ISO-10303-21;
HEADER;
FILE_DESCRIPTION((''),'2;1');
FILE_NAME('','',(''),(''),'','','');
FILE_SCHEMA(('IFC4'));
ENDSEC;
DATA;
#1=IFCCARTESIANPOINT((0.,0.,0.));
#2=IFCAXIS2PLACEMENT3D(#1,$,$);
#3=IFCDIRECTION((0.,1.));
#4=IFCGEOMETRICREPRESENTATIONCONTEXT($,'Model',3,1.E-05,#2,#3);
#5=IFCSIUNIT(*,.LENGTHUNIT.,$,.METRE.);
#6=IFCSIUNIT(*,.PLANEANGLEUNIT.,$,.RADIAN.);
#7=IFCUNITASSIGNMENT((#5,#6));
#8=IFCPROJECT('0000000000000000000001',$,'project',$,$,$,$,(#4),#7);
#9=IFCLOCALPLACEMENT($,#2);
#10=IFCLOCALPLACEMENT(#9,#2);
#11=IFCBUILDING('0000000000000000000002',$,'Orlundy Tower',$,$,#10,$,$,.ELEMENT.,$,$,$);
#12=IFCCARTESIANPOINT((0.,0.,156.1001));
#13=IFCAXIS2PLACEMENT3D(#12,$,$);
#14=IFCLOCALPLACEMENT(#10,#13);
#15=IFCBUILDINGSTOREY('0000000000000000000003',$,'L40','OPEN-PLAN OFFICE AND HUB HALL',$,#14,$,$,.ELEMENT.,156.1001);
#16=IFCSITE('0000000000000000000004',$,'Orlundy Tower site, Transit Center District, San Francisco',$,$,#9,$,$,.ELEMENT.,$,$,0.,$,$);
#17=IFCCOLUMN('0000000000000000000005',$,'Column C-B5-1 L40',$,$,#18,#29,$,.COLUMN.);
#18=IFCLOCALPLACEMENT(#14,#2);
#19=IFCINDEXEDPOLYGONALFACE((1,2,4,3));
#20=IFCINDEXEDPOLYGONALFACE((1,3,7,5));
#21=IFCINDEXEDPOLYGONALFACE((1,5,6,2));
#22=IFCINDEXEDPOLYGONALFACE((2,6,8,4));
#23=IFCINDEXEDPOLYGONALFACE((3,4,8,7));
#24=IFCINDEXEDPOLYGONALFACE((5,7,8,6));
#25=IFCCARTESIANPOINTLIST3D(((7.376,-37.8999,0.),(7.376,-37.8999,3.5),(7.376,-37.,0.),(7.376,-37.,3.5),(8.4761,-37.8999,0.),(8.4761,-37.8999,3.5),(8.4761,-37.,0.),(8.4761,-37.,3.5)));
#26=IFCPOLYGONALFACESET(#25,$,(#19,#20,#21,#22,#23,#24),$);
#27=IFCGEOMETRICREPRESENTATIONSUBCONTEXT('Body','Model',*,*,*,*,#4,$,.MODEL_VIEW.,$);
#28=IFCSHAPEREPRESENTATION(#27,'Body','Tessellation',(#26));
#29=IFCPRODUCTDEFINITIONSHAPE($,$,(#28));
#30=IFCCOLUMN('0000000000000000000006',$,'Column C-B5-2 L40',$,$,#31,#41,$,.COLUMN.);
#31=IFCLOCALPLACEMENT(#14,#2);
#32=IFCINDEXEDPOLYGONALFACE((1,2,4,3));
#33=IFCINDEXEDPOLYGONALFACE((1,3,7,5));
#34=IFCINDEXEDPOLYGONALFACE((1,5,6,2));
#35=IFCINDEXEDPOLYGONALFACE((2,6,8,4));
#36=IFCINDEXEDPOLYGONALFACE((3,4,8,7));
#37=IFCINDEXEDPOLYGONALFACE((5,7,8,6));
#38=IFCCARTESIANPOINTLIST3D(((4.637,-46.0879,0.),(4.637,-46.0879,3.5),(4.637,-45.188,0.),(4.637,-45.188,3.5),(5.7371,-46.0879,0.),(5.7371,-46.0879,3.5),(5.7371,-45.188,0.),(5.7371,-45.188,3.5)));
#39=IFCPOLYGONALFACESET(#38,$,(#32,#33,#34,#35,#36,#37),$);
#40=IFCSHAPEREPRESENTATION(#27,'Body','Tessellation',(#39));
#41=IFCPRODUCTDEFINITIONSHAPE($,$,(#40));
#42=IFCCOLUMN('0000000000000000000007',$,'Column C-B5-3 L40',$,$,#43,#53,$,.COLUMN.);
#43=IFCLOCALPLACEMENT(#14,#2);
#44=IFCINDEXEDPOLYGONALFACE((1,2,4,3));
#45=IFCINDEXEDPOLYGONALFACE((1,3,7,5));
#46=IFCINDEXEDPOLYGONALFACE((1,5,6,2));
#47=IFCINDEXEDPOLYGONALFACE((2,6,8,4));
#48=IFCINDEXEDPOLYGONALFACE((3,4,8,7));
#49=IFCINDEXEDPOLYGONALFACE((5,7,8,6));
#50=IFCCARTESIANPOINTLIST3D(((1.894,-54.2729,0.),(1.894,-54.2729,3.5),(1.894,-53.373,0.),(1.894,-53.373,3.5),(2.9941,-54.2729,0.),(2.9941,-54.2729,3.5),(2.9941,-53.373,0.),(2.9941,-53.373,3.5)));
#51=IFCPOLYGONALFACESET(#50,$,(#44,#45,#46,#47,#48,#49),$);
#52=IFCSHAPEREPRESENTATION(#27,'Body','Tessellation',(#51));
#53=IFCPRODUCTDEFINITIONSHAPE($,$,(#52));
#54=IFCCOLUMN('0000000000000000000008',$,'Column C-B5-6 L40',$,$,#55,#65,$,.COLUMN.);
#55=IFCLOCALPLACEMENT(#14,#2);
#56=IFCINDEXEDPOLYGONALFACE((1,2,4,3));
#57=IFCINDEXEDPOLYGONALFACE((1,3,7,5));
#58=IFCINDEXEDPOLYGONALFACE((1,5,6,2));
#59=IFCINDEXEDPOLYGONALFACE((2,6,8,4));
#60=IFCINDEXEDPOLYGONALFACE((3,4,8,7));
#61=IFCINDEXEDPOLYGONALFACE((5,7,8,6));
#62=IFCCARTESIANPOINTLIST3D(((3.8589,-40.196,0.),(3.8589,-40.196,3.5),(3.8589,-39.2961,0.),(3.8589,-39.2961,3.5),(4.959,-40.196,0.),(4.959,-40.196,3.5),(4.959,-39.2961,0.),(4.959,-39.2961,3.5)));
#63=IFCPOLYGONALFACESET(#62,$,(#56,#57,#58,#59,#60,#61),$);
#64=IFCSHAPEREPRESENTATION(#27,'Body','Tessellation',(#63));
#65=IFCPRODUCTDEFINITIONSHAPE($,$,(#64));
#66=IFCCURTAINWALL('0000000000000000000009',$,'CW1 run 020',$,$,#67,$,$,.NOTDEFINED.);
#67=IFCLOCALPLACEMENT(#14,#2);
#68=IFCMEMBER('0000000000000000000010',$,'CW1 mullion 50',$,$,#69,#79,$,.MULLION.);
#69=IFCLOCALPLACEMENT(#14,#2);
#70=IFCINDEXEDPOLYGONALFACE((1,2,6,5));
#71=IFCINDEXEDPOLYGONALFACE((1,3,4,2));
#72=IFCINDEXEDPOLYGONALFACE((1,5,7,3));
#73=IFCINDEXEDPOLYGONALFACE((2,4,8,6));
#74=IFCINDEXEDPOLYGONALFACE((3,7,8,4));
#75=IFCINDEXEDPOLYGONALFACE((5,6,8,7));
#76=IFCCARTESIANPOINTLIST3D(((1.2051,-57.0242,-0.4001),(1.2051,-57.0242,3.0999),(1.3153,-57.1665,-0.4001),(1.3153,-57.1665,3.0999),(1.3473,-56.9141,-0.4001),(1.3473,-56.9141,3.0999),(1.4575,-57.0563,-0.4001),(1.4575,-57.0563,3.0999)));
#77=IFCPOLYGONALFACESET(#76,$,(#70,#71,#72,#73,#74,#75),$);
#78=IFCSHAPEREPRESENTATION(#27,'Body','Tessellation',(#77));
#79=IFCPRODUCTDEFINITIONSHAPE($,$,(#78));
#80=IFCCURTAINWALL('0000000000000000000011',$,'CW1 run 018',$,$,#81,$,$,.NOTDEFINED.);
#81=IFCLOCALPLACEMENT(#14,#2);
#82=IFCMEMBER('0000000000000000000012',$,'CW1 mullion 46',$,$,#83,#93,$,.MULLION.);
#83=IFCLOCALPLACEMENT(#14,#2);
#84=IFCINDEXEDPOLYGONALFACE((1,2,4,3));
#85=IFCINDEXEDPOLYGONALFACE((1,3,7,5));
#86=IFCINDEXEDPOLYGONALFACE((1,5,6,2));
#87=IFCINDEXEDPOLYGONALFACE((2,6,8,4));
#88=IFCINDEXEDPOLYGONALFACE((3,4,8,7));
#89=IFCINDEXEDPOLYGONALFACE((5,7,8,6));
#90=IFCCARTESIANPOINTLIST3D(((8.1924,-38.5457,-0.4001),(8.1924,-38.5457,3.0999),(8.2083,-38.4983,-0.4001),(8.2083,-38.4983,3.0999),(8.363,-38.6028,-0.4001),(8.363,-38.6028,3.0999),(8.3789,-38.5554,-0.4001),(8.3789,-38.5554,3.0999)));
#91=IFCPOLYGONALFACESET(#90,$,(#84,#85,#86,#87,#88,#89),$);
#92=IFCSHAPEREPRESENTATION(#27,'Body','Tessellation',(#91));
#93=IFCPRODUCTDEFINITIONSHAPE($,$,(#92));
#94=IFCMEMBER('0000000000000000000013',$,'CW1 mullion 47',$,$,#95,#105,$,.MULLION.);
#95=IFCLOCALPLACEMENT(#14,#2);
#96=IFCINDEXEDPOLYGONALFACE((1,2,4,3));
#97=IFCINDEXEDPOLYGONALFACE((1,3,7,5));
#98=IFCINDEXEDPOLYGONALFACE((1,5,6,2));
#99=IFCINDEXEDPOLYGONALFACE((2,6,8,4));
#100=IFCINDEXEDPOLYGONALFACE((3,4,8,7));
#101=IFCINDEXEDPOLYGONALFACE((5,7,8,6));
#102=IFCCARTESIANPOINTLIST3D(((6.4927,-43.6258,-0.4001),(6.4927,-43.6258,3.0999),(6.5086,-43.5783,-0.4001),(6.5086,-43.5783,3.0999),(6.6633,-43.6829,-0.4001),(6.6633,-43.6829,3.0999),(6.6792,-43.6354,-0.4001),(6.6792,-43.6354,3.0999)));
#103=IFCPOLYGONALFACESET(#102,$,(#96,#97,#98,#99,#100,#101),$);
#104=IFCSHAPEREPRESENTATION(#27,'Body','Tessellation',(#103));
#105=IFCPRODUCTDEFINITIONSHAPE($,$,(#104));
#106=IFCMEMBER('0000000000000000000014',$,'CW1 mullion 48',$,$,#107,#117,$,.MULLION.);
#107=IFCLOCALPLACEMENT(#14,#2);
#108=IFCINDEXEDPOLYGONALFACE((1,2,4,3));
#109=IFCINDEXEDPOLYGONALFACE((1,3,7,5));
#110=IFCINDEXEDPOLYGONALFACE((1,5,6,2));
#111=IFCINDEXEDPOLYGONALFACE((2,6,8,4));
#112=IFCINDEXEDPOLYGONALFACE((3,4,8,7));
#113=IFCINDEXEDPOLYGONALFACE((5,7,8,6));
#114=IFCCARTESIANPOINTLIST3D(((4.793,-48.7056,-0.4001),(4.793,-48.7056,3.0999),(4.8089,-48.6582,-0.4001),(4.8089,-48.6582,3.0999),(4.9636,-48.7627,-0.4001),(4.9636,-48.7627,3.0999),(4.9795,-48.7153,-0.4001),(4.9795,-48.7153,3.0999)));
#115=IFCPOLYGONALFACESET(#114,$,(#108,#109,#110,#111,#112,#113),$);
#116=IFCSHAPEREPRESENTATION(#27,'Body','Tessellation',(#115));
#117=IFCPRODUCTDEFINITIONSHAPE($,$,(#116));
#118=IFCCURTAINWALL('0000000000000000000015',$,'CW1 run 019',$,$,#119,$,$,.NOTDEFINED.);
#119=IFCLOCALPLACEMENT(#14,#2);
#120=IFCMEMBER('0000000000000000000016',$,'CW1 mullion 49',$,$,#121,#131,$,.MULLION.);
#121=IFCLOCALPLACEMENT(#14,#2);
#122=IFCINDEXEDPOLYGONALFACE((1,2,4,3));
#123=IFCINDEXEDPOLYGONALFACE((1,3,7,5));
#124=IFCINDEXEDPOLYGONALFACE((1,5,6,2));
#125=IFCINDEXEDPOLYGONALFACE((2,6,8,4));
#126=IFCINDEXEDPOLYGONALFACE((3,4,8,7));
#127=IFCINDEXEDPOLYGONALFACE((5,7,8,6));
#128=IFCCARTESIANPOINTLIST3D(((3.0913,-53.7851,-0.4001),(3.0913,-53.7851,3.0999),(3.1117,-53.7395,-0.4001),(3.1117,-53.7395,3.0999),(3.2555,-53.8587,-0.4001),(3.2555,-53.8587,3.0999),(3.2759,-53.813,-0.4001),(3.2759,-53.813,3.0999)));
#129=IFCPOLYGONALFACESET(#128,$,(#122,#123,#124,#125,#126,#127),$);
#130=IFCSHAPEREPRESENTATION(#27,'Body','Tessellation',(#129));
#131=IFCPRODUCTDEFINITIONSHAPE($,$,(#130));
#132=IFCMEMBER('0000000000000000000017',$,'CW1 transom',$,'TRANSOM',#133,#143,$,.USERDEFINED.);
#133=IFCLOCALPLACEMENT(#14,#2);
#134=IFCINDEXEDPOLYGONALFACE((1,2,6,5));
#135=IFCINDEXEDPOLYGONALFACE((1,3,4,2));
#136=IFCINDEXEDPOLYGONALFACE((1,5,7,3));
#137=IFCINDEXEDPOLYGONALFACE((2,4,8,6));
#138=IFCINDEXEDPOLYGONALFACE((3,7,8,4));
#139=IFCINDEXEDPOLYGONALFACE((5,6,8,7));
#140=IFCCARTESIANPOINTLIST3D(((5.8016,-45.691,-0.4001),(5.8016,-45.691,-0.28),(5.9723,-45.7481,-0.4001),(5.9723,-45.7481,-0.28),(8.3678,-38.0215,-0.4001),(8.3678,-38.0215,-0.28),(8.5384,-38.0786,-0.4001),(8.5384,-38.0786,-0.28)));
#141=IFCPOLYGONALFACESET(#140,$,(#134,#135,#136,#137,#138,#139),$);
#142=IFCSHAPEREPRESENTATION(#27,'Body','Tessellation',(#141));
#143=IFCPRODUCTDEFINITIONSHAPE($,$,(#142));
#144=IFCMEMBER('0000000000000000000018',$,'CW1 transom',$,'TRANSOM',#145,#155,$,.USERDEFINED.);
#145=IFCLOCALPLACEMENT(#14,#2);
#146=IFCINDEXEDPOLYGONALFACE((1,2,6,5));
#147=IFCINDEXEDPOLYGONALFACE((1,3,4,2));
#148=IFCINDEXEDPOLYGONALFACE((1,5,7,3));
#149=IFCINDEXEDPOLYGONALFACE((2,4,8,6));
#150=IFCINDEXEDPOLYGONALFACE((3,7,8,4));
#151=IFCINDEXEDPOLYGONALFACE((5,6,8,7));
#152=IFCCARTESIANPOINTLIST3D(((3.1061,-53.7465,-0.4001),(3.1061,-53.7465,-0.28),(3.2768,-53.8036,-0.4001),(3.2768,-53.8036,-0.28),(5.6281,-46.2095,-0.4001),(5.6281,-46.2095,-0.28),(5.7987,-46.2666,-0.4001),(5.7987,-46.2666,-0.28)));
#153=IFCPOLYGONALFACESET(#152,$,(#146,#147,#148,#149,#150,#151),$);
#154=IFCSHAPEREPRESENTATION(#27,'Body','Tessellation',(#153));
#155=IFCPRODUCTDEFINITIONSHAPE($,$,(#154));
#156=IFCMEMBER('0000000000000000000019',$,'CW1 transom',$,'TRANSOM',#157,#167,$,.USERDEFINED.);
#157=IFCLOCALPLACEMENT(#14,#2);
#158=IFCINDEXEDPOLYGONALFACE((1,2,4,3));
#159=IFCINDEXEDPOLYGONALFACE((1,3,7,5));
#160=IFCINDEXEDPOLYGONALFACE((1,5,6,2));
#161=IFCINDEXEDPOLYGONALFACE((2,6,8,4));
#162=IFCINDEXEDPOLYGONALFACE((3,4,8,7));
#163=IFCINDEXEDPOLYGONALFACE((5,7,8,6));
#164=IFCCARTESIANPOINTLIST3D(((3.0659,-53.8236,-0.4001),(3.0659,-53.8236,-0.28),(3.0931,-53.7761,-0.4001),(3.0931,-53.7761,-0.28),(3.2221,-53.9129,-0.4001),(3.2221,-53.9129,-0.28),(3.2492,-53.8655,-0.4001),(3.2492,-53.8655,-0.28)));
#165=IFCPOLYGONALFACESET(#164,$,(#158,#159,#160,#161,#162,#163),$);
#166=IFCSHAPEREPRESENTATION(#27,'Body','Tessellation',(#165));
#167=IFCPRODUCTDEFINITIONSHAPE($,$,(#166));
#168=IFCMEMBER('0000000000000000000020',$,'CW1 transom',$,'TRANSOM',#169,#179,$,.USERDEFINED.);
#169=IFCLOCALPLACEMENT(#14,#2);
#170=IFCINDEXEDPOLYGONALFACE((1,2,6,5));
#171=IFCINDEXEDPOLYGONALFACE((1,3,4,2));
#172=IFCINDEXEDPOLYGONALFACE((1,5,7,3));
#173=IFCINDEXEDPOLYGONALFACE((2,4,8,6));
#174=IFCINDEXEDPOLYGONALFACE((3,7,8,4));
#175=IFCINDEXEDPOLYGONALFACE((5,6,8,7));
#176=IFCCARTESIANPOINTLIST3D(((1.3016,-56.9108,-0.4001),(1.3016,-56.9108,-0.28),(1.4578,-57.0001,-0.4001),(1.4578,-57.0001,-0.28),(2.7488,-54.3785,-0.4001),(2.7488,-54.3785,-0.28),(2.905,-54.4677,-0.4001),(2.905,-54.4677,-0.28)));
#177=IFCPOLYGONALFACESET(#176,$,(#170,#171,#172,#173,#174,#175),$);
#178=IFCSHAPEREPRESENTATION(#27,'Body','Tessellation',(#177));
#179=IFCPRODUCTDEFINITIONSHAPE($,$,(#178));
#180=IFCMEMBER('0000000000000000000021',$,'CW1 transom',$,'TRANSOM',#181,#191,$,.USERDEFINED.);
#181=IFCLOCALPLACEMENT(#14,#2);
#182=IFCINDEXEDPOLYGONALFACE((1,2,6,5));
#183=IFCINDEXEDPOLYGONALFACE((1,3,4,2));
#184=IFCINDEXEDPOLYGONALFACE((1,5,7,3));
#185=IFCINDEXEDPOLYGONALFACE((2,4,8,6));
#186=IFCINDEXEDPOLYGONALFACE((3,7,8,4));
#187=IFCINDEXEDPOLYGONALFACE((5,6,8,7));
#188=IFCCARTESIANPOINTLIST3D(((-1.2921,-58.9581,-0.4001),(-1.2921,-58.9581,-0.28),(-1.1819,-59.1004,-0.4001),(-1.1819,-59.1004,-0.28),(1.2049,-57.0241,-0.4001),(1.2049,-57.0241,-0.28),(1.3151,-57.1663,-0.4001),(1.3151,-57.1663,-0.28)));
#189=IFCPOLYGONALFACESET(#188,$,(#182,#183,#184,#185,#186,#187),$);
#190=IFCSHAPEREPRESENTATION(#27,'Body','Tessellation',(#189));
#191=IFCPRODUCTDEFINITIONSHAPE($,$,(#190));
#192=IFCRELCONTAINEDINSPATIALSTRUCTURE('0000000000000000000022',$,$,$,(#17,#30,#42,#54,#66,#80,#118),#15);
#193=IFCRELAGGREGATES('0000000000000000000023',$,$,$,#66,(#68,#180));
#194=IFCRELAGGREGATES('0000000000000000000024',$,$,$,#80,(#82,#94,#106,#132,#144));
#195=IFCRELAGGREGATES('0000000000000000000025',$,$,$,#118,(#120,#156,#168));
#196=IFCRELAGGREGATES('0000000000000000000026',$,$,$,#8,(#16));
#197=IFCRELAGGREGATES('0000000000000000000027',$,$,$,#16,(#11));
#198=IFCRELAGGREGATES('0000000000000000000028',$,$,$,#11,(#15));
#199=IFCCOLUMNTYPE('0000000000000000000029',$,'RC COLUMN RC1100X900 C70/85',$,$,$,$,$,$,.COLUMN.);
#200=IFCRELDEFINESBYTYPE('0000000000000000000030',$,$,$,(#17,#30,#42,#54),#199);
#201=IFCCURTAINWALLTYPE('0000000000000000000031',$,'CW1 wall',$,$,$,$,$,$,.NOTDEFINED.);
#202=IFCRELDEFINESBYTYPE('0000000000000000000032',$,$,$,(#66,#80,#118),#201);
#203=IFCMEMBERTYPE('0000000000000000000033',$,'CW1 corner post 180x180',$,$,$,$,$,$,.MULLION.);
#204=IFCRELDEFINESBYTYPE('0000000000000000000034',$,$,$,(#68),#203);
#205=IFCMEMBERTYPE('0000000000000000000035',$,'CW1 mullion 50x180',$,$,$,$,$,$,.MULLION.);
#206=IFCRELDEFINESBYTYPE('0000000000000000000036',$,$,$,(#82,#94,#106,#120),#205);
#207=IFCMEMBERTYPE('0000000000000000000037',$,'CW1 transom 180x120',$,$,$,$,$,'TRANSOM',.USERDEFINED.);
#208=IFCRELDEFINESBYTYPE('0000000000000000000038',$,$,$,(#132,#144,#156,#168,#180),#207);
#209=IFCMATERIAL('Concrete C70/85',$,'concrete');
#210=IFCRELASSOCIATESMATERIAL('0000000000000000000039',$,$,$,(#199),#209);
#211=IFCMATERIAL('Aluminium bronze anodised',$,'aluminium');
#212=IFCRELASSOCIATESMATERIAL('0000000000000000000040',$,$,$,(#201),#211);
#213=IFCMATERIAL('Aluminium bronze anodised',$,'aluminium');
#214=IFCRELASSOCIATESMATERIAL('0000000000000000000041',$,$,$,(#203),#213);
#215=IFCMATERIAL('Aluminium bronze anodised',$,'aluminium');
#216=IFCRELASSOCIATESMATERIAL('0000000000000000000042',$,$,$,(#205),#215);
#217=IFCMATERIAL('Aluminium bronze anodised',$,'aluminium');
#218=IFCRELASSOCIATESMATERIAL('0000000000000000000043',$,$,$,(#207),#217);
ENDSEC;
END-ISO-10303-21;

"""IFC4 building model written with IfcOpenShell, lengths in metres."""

from ifc_helpers import new_model, si_unit, direction, frame, origin, origin_2d, place, context, subcontext, project, spatial, rectangle, extrude, material, material_profile, profile_set, type_object, element, aggregate, save


model = new_model("IFC4")

# Units and contexts
model_context = context("Model", 3, precision=1e-05, world=origin(), true_north=direction((0.0, 1.0)))
body_context = subcontext(model_context, "Body", "Model", "MODEL_VIEW")
ifc_project = project(units=[si_unit("LENGTHUNIT", "METRE"), si_unit("PLANEANGLEUNIT", "RADIAN")], contexts=[model_context])

# Site, building, storey
site_placement = place(None, origin())
site = spatial("IfcSite", under=ifc_project, at=site_placement, Name="Orlundy Tower site, Transit Center District, San Francisco", CompositionType="ELEMENT", RefElevation=0.0)
building_placement = place(site_placement, origin())
building = spatial("IfcBuilding", under=site, at=building_placement, Name="Orlundy Tower", CompositionType="ELEMENT")
storey_placement = place(building_placement, frame((0.0, 0.0, 156.1001)))
storey = spatial("IfcBuildingStorey", under=building, at=storey_placement, Name="L40", Description="OPEN-PLAN OFFICE AND HUB HALL", CompositionType="ELEMENT", Elevation=156.1001)

# Columns
ifc_material_1 = material(Name="Concrete C70/85", Category="concrete")
ifc_material_profile_1 = material_profile(ifc_material_1, rectangle(XDim=1.1001, YDim=0.8999, at=origin_2d()), Name="RC1100X900")
ifc_profile_set_1 = profile_set([ifc_material_profile_1], Name="Concrete C70/85")
column_type = type_object("IfcColumnType", Name="RC COLUMN RC1100X900 C70/85", PredefinedType="COLUMN", material=ifc_profile_set_1)
for number, where, z_axis, x_axis, name in (
    (1, (7.926, -37.45, 0.0), (0.0, 0.0, 1.0), (1.0, 0.0, 0.0), "Column C-B5-1 L40"),
    (2, (5.187, -45.6379, 0.0), (0.0, 0.0, 1.0), (1.0, 0.0, 0.0), "Column C-B5-2 L40"),
    (3, (2.4441, -53.823, 0.0), (0.0, 0.0, 1.0), (1.0, 0.0, 0.0), "Column C-B5-3 L40"),
    (4, (4.4089, -39.7461, 0.0), (0.0, 0.0, 1.0), (1.0, 0.0, 0.0), "Column C-B5-6 L40"),
):
    element("IfcColumn", number, at=place(storey_placement, frame(where, z_axis=z_axis, x_axis=x_axis)), inside=storey, type_object=column_type, Name=name, PredefinedType="COLUMN", context=body_context, shape_type="SweptSolid", body=[
        extrude(rectangle(XDim=1.1001, YDim=0.8999, at=origin_2d()), origin(), (0.0, 0.0, 1.0), 3.5),
    ])

# Curtain wall, member
ifc_material_2 = material(Name="Aluminium bronze anodised", Category="aluminium")
curtain_wall_type = type_object("IfcCurtainWallType", Name="CW1 wall", PredefinedType="NOTDEFINED", material=ifc_material_2)
curtain_wall_1_placement = place(storey_placement, origin())
curtain_wall_1 = element("IfcCurtainWall", 5, at=curtain_wall_1_placement, inside=storey, type_object=curtain_wall_type, Name="CW1 run 020", PredefinedType="NOTDEFINED")
ifc_material_3 = material(Name="Aluminium bronze anodised", Category="aluminium")
ifc_material_profile_2 = material_profile(ifc_material_3, rectangle(XDim=0.1799, YDim=0.1799, at=origin_2d()), Name="CW1 corner post 180x180")
ifc_profile_set_2 = profile_set([ifc_material_profile_2], Name="Aluminium bronze anodised")
member_type_1 = type_object("IfcMemberType", Name="CW1 corner post 180x180", PredefinedType="MULLION", material=ifc_profile_set_2)
member_1_placement = place(storey_placement, frame((1.3313, -57.0403, -0.4001), z_axis=(0.0, 0.0, 1.0), x_axis=(0.612315, -0.790614, 0.0)))
member_1 = element("IfcMember", 6, at=member_1_placement, type_object=member_type_1, Name="CW1 mullion 50", PredefinedType="MULLION", context=body_context, shape_type="SweptSolid", body=[
    extrude(rectangle(XDim=0.1799, YDim=0.1799, at=origin_2d()), origin(), (0.0, 0.0, 1.0), 3.5),
])

# Curtain wall, members
curtain_wall_2_placement = place(storey_placement, origin())
curtain_wall_2 = element("IfcCurtainWall", 7, at=curtain_wall_2_placement, inside=storey, type_object=curtain_wall_type, Name="CW1 run 018", PredefinedType="NOTDEFINED")
ifc_material_4 = material(Name="Aluminium bronze anodised", Category="aluminium")
ifc_material_profile_3 = material_profile(ifc_material_4, rectangle(XDim=0.1799, YDim=0.05, at=origin_2d()), Name="CW1 mullion 50x180")
ifc_profile_set_3 = profile_set([ifc_material_profile_3], Name="Aluminium bronze anodised")
member_type_2 = type_object("IfcMemberType", Name="CW1 mullion 50x180", PredefinedType="MULLION", material=ifc_profile_set_3)
member_2_placement = place(storey_placement, frame((8.2856, -38.5505, -0.4001), z_axis=(0.0, 0.0, 1.0), x_axis=(0.948321, -0.317314, 0.0)))
member_2 = element("IfcMember", 8, at=member_2_placement, type_object=member_type_2, Name="CW1 mullion 46", PredefinedType="MULLION", context=body_context, shape_type="SweptSolid", body=[
    extrude(rectangle(XDim=0.1799, YDim=0.05, at=origin_2d()), origin(), (0.0, 0.0, 1.0), 3.5),
])
member_3_placement = place(storey_placement, frame((6.5859, -43.6306, -0.4001), z_axis=(0.0, 0.0, 1.0), x_axis=(0.948321, -0.317314, 0.0)))
member_3 = element("IfcMember", 9, at=member_3_placement, type_object=member_type_2, Name="CW1 mullion 47", PredefinedType="MULLION", context=body_context, shape_type="SweptSolid", body=[
    extrude(rectangle(XDim=0.1799, YDim=0.05, at=origin_2d()), origin(), (0.0, 0.0, 1.0), 3.5),
])
member_4_placement = place(storey_placement, frame((4.8862, -48.7104, -0.4001), z_axis=(0.0, 0.0, 1.0), x_axis=(0.948321, -0.317314, 0.0)))
member_4 = element("IfcMember", 10, at=member_4_placement, type_object=member_type_2, Name="CW1 mullion 48", PredefinedType="MULLION", context=body_context, shape_type="SweptSolid", body=[
    extrude(rectangle(XDim=0.1799, YDim=0.05, at=origin_2d()), origin(), (0.0, 0.0, 1.0), 3.5),
])

# Curtain wall, member
curtain_wall_3_placement = place(storey_placement, origin())
curtain_wall_3 = element("IfcCurtainWall", 11, at=curtain_wall_3_placement, inside=storey, type_object=curtain_wall_type, Name="CW1 run 019", PredefinedType="NOTDEFINED")
member_5_placement = place(storey_placement, frame((3.1836, -53.7991, -0.4001), z_axis=(0.0, 0.0, 1.0), x_axis=(0.912665, -0.408708, 0.0)))
member_5 = element("IfcMember", 12, at=member_5_placement, type_object=member_type_2, Name="CW1 mullion 49", PredefinedType="MULLION", context=body_context, shape_type="SweptSolid", body=[
    extrude(rectangle(XDim=0.1799, YDim=0.05, at=origin_2d()), origin(), (0.0, 0.0, 1.0), 3.5),
])

# Members
ifc_material_5 = material(Name="Aluminium bronze anodised", Category="aluminium")
ifc_material_profile_4 = material_profile(ifc_material_5, rectangle(XDim=0.1799, YDim=0.1201, at=origin_2d()), Name="CW1 transom 180x120")
ifc_profile_set_4 = profile_set([ifc_material_profile_4], Name="Aluminium bronze anodised")
member_type_3 = type_object("IfcMemberType", Name="CW1 transom 180x120", ElementType="TRANSOM", PredefinedType="USERDEFINED", material=ifc_profile_set_4)
member_6_placement = place(storey_placement, frame((8.4531, -38.05, -0.3401), z_axis=(-0.317305, -0.948323, 0.0), x_axis=(0.948323, -0.317305, 0.0)))
member_6 = element("IfcMember", 13, at=member_6_placement, type_object=member_type_3, Name="CW1 transom", ObjectType="TRANSOM", PredefinedType="USERDEFINED", context=body_context, shape_type="SweptSolid", body=[
    extrude(rectangle(XDim=0.1799, YDim=0.1201, at=origin_2d()), origin(), (0.0, 0.0, 1.0), 8.0874),
])
member_7_placement = place(storey_placement, frame((5.7134, -46.238, -0.3401), z_axis=(-0.317315, -0.94832, 0.0), x_axis=(0.94832, -0.317315, 0.0)))
member_7 = element("IfcMember", 14, at=member_7_placement, type_object=member_type_3, Name="CW1 transom", ObjectType="TRANSOM", PredefinedType="USERDEFINED", context=body_context, shape_type="SweptSolid", body=[
    extrude(rectangle(XDim=0.1799, YDim=0.1201, at=origin_2d()), origin(), (0.0, 0.0, 1.0), 7.9478),
])
member_8_placement = place(storey_placement, frame((3.1711, -53.8208, -0.3401), z_axis=(-0.496621, -0.867968, 0.0), x_axis=(0.867968, -0.496621, 0.0)))
member_8 = element("IfcMember", 15, at=member_8_placement, type_object=member_type_3, Name="CW1 transom", ObjectType="TRANSOM", PredefinedType="USERDEFINED", context=body_context, shape_type="SweptSolid", body=[
    extrude(rectangle(XDim=0.1799, YDim=0.1201, at=origin_2d()), origin(), (0.0, 0.0, 1.0), 0.0547),
])
member_9_placement = place(storey_placement, frame((2.8269, -54.4231, -0.3401), z_axis=(-0.496175, -0.868223, 0.0), x_axis=(0.868223, -0.496175, 0.0)))
member_9 = element("IfcMember", 16, at=member_9_placement, type_object=member_type_3, Name="CW1 transom", ObjectType="TRANSOM", PredefinedType="USERDEFINED", context=body_context, shape_type="SweptSolid", body=[
    extrude(rectangle(XDim=0.1799, YDim=0.1201, at=origin_2d()), origin(), (0.0, 0.0, 1.0), 2.9167),
])
member_10_placement = place(storey_placement, frame((1.26, -57.0952, -0.3401), z_axis=(-0.790591, -0.612345, 0.0), x_axis=(0.612345, -0.790591, 0.0)))
member_10 = element("IfcMember", 17, at=member_10_placement, type_object=member_type_3, Name="CW1 transom", ObjectType="TRANSOM", PredefinedType="USERDEFINED", context=body_context, shape_type="SweptSolid", body=[
    extrude(rectangle(XDim=0.1799, YDim=0.1201, at=origin_2d()), origin(), (0.0, 0.0, 1.0), 3.1584),
])
aggregate(curtain_wall_1, [member_1, member_10])

aggregate(curtain_wall_2, [member_2, member_3, member_4, member_6, member_7])
aggregate(curtain_wall_3, [member_5, member_8, member_9])

save(model, "model.ifc")
